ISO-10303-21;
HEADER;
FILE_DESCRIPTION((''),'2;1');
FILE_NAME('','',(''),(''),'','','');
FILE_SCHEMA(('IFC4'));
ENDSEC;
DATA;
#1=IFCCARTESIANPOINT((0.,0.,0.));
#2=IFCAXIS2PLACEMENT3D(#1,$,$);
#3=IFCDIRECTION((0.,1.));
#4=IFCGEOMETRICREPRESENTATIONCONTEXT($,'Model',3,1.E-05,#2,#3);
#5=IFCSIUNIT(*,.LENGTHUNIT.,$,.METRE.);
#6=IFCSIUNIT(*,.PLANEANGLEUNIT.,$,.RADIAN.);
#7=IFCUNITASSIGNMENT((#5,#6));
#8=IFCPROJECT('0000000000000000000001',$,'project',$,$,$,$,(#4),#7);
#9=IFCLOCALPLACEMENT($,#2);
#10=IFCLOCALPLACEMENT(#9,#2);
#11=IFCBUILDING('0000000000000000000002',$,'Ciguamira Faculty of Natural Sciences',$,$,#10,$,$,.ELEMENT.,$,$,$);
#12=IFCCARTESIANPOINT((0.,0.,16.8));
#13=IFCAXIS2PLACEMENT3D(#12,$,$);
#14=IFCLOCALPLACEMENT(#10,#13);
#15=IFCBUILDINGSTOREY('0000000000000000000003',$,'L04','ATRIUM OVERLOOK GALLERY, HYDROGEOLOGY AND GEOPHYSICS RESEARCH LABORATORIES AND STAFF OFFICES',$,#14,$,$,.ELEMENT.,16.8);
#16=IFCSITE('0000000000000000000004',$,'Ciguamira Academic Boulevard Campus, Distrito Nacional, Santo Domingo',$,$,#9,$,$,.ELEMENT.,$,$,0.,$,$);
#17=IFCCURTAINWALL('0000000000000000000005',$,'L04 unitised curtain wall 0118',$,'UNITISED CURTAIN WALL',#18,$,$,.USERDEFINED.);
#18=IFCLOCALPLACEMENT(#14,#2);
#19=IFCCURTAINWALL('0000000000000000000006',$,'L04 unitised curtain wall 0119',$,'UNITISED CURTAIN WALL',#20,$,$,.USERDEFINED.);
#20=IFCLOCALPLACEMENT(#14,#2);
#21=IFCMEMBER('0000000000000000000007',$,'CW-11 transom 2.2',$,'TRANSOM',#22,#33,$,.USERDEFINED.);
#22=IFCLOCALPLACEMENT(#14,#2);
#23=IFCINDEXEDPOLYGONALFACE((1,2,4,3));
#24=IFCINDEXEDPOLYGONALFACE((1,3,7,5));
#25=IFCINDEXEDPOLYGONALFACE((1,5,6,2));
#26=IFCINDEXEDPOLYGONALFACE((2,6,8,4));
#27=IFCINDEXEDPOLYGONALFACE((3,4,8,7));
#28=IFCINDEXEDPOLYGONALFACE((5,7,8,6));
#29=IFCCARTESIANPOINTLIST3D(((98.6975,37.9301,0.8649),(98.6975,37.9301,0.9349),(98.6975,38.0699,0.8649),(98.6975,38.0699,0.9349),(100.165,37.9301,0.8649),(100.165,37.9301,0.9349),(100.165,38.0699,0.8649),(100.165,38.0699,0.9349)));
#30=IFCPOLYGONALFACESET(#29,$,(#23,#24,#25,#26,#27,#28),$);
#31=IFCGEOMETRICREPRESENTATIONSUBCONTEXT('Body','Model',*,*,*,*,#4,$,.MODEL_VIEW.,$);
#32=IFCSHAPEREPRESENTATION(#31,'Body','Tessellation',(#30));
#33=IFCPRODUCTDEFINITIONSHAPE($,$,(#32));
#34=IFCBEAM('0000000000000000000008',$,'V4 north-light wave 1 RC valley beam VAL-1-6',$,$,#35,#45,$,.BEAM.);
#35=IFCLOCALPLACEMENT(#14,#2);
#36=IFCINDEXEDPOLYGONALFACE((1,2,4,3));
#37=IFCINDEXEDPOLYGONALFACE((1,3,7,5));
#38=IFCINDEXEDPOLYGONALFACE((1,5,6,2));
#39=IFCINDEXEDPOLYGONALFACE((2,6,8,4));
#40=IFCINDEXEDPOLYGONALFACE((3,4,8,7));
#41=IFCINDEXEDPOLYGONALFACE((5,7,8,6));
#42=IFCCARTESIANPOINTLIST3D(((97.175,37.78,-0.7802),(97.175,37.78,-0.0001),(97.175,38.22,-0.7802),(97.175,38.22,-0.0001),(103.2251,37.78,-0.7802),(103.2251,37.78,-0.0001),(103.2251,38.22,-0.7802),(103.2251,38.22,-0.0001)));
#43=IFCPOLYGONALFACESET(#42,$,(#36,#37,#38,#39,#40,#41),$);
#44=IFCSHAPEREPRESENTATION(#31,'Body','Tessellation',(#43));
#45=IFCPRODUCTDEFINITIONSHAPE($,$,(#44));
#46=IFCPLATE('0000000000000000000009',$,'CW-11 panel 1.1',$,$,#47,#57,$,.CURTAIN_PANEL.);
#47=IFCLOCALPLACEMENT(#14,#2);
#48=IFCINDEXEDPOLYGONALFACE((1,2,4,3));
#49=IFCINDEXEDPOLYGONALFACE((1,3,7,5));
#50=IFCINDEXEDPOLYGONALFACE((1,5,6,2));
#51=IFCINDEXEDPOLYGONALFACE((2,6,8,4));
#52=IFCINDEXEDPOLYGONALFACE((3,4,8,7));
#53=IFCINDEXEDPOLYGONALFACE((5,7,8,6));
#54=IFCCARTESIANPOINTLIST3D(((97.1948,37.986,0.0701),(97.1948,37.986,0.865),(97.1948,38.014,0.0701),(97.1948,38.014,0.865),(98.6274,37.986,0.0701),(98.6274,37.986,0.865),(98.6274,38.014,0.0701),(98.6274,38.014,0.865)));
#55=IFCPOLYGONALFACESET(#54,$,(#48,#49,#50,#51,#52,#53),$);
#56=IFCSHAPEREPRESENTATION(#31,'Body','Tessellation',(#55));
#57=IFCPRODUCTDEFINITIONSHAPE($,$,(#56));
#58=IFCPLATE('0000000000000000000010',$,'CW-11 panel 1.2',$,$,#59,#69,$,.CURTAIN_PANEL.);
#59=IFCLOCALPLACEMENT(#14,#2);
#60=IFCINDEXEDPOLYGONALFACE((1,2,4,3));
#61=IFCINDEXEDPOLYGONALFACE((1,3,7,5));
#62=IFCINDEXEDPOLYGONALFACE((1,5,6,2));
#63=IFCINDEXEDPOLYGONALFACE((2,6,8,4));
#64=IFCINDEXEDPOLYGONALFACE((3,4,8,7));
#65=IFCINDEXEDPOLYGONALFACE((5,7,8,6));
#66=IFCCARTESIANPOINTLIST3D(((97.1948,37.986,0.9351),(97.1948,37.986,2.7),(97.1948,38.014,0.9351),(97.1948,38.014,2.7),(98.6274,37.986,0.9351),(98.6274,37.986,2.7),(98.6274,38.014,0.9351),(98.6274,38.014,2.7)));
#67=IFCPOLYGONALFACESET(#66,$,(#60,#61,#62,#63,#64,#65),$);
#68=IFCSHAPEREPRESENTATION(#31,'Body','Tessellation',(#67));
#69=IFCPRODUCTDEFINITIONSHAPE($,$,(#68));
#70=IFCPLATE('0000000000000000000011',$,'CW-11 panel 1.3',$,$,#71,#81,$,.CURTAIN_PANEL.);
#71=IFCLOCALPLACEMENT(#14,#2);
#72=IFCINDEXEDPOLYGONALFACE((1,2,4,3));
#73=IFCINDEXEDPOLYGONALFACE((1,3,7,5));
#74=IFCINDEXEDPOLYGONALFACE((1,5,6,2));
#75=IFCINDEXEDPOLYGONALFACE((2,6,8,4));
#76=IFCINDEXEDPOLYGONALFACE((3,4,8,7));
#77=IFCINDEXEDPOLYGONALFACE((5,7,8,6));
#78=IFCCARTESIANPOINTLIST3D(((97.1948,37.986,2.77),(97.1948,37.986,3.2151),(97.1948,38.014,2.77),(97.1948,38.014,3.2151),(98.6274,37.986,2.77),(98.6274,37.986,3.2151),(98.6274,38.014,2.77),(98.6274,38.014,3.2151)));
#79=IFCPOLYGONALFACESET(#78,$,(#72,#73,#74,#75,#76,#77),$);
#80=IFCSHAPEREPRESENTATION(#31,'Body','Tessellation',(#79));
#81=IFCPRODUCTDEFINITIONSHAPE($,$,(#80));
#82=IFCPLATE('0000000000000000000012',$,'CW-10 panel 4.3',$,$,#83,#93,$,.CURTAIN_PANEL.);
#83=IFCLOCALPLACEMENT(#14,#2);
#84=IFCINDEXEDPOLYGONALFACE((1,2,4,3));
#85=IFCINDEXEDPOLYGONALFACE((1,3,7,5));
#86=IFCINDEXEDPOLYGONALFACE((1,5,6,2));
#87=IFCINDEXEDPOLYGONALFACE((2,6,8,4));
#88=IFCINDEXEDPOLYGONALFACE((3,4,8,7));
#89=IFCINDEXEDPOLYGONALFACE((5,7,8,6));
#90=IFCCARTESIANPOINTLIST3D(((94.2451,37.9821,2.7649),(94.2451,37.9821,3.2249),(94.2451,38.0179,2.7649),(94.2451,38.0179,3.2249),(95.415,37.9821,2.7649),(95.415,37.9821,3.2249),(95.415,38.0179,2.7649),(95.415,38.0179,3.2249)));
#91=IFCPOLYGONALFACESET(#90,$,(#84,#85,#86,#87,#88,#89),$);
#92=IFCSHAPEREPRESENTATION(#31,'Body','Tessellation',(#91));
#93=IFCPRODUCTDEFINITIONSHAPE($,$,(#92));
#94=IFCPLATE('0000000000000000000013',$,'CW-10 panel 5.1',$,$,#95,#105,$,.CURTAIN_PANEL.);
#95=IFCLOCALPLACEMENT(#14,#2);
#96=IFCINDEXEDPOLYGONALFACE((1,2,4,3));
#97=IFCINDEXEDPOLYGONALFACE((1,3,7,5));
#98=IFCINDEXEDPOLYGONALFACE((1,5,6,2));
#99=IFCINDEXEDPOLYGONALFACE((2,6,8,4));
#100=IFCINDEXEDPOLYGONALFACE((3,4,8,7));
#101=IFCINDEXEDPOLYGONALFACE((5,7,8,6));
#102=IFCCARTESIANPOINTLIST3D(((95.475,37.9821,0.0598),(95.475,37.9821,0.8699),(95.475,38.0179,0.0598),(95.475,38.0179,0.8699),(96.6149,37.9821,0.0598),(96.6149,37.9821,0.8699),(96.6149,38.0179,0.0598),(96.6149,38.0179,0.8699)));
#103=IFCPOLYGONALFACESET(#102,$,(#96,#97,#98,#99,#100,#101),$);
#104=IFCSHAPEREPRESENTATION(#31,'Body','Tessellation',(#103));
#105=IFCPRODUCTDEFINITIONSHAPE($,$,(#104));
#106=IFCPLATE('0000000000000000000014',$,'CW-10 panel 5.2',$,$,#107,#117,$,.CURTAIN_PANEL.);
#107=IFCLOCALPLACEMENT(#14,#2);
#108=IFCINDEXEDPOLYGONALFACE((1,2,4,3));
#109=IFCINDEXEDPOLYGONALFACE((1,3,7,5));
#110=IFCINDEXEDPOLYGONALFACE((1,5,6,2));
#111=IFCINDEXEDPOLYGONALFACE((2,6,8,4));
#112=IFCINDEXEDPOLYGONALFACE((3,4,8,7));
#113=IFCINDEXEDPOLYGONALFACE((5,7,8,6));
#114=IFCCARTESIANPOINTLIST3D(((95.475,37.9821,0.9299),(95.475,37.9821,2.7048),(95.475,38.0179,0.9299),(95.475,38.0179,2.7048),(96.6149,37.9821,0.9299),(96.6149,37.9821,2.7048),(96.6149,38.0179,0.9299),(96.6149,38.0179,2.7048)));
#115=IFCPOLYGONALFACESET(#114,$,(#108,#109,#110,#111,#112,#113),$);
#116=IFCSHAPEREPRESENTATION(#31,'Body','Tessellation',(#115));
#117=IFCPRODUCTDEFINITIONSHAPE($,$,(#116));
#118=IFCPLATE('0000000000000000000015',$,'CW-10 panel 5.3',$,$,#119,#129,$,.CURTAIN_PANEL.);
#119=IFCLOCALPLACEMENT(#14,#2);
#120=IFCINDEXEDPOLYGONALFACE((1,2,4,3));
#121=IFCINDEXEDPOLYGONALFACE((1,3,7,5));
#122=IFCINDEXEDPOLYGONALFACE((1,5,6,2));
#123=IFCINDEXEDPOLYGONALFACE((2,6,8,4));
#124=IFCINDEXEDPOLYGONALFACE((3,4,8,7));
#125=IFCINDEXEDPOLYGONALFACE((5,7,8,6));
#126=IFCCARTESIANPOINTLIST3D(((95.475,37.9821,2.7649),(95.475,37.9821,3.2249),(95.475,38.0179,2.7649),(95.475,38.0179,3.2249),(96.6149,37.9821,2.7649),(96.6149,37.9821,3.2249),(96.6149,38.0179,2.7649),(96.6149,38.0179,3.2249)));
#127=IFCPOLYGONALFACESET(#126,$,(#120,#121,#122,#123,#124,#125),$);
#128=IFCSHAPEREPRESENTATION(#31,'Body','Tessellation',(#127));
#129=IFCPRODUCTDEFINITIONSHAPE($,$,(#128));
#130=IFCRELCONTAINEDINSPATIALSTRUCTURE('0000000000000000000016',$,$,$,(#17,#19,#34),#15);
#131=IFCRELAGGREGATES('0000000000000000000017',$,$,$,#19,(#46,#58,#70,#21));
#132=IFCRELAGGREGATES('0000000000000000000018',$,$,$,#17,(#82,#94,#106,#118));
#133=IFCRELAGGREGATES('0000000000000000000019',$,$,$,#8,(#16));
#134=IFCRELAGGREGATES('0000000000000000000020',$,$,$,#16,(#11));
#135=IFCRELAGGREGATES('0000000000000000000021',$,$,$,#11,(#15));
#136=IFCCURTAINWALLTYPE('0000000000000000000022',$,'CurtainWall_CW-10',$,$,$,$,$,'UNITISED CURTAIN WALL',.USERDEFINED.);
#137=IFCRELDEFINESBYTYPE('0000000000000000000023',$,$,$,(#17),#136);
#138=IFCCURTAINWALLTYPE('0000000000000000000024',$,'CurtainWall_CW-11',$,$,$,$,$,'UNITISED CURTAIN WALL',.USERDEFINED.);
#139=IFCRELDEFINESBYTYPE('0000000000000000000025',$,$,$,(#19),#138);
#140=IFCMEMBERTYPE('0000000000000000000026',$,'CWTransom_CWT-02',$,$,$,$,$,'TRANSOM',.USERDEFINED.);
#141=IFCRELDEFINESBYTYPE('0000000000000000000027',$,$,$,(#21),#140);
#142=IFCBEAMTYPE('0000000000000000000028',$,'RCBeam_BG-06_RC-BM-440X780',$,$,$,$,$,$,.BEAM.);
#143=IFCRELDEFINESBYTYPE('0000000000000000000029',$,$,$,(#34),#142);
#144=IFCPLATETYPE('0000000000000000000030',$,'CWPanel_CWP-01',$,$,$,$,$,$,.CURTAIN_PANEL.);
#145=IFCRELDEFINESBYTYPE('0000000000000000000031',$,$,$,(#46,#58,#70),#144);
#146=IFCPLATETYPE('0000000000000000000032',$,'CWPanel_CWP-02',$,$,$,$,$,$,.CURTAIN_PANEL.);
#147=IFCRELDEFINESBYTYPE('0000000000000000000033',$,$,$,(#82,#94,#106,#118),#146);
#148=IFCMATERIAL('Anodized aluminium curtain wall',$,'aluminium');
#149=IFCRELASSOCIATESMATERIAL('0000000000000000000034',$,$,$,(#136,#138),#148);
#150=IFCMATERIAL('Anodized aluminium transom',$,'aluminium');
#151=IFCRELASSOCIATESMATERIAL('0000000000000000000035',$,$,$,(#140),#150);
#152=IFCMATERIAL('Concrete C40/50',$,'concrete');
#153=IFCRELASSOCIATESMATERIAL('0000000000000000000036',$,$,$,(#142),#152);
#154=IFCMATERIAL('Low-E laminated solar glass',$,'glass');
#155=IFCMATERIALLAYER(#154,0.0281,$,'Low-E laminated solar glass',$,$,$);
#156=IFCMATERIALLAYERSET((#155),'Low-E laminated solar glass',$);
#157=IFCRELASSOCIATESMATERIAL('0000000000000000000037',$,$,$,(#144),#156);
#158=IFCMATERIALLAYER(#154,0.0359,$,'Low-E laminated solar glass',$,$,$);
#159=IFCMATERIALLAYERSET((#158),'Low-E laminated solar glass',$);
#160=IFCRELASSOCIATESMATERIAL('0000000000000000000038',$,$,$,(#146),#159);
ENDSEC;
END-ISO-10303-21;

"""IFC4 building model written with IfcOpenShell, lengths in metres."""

from ifc_helpers import new_model, si_unit, direction, frame, origin, origin_2d, place, context, subcontext, project, spatial, rectangle, extrude, material, layer, layer_set, material_profile, profile_set, type_object, element, aggregate, save


model = new_model("IFC4")

# Units and contexts
model_context = context("Model", 3, precision=1e-05, world=origin(), true_north=direction((0.0, 1.0)))
body_context = subcontext(model_context, "Body", "Model", "MODEL_VIEW")
ifc_project = project(units=[si_unit("LENGTHUNIT", "METRE"), si_unit("PLANEANGLEUNIT", "RADIAN")], contexts=[model_context])

# Site, building, storey
site_placement = place(None, origin())
site = spatial("IfcSite", under=ifc_project, at=site_placement, Name="Ciguamira Academic Boulevard Campus, Distrito Nacional, Santo Domingo", CompositionType="ELEMENT", RefElevation=0.0)
building_placement = place(site_placement, origin())
building = spatial("IfcBuilding", under=site, at=building_placement, Name="Ciguamira Faculty of Natural Sciences", CompositionType="ELEMENT")
storey_placement = place(building_placement, frame((0.0, 0.0, 16.8)))
storey = spatial("IfcBuildingStorey", under=building, at=storey_placement, Name="L04", Description="ATRIUM OVERLOOK GALLERY, HYDROGEOLOGY AND GEOPHYSICS RESEARCH LABORATORIES AND STAFF OFFICES", CompositionType="ELEMENT", Elevation=16.8)

# Shared definitions
ifc_material_1 = material(Name="Concrete C40/50", Category="concrete")

# Curtain walls
ifc_material_2 = material(Name="Anodized aluminium curtain wall", Category="aluminium")
curtain_wall_type_1 = type_object("IfcCurtainWallType", Name="CurtainWall_CW-10", ElementType="UNITISED CURTAIN WALL", PredefinedType="USERDEFINED", material=ifc_material_2)
curtain_wall_1_placement = place(storey_placement, origin())
curtain_wall_1 = element("IfcCurtainWall", 1, at=curtain_wall_1_placement, inside=storey, type_object=curtain_wall_type_1, Name="L04 unitised curtain wall 0118", ObjectType="UNITISED CURTAIN WALL", PredefinedType="USERDEFINED")
curtain_wall_type_2 = type_object("IfcCurtainWallType", Name="CurtainWall_CW-11", ElementType="UNITISED CURTAIN WALL", PredefinedType="USERDEFINED", material=ifc_material_2)
curtain_wall_2_placement = place(storey_placement, origin())
curtain_wall_2 = element("IfcCurtainWall", 2, at=curtain_wall_2_placement, inside=storey, type_object=curtain_wall_type_2, Name="L04 unitised curtain wall 0119", ObjectType="UNITISED CURTAIN WALL", PredefinedType="USERDEFINED")

# Member
ifc_material_3 = material(Name="Anodized aluminium transom", Category="aluminium")
ifc_material_profile_1 = material_profile(ifc_material_3, rectangle(XDim=0.0701, YDim=0.1399, at=origin_2d()), Name="ALU-TRN-70X140")
ifc_profile_set_1 = profile_set([ifc_material_profile_1], Name="Anodized aluminium transom")
member_type_1 = type_object("IfcMemberType", Name="CWTransom_CWT-02", ElementType="TRANSOM", PredefinedType="USERDEFINED", material=ifc_profile_set_1)
member_1_placement = place(storey_placement, frame((98.6975, 38.0, 0.8999), z_axis=(1.0, 0.0, 0.0), x_axis=(0.0, 0.0, 1.0)))
member_1 = element("IfcMember", 3, at=member_1_placement, type_object=member_type_1, Name="CW-11 transom 2.2", ObjectType="TRANSOM", PredefinedType="USERDEFINED", context=body_context, shape_type="SweptSolid", body=[
    extrude(rectangle(XDim=0.0701, YDim=0.1399, at=origin_2d()), origin(), (0.0, 0.0, 1.0), 1.4675),
])

# Beam
ifc_material_profile_2 = material_profile(ifc_material_1, rectangle(XDim=0.4399, YDim=0.78, at=origin_2d()), Name="RC-BM-440X780")
ifc_profile_set_2 = profile_set([ifc_material_profile_2], Name="Concrete C40/50")
beam_type = type_object("IfcBeamType", Name="RCBeam_BG-06_RC-BM-440X780", PredefinedType="BEAM", material=ifc_profile_set_2)
beam_placement = place(storey_placement, frame((97.175, 38.0, -0.3901), z_axis=(1.0, 0.0, 0.0), x_axis=(0.0, 1.0, 0.0)))
element("IfcBeam", 4, at=beam_placement, inside=storey, type_object=beam_type, Name="V4 north-light wave 1 RC valley beam VAL-1-6", PredefinedType="BEAM", context=body_context, shape_type="SweptSolid", body=[
    extrude(rectangle(XDim=0.4399, YDim=0.78, at=origin_2d()), origin(), (0.0, 0.0, 1.0), 6.05),
])

# Plates
ifc_material_4 = material(Name="Low-E laminated solar glass", Category="glass")
ifc_layer_1 = layer(ifc_material_4, 0.0281, Name="Low-E laminated solar glass")
ifc_layer_set_1 = layer_set([ifc_layer_1], Name="Low-E laminated solar glass")
plate_type_1 = type_object("IfcPlateType", Name="CWPanel_CWP-01", PredefinedType="CURTAIN_PANEL", material=ifc_layer_set_1)
plate_1_placement = place(storey_placement, frame((97.9111, 38.0, 0.0701), z_axis=(0.0, 0.0, 1.0), x_axis=(1.0, 0.0, 0.0)))
plate_1 = element("IfcPlate", 5, at=plate_1_placement, type_object=plate_type_1, Name="CW-11 panel 1.1", PredefinedType="CURTAIN_PANEL", context=body_context, shape_type="SweptSolid", body=[
    extrude(rectangle(XDim=1.4326, YDim=0.0281, at=origin_2d()), origin(), (0.0, 0.0, 1.0), 0.7949),
])
plate_2_placement = place(storey_placement, frame((97.9111, 38.0, 0.9351), z_axis=(0.0, 0.0, 1.0), x_axis=(1.0, 0.0, 0.0)))
plate_2 = element("IfcPlate", 6, at=plate_2_placement, type_object=plate_type_1, Name="CW-11 panel 1.2", PredefinedType="CURTAIN_PANEL", context=body_context, shape_type="SweptSolid", body=[
    extrude(rectangle(XDim=1.4326, YDim=0.0281, at=origin_2d()), origin(), (0.0, 0.0, 1.0), 1.7649),
])
plate_3_placement = place(storey_placement, frame((97.9111, 38.0, 2.77), z_axis=(0.0, 0.0, 1.0), x_axis=(1.0, 0.0, 0.0)))
plate_3 = element("IfcPlate", 7, at=plate_3_placement, type_object=plate_type_1, Name="CW-11 panel 1.3", PredefinedType="CURTAIN_PANEL", context=body_context, shape_type="SweptSolid", body=[
    extrude(rectangle(XDim=1.4326, YDim=0.0281, at=origin_2d()), origin(), (0.0, 0.0, 1.0), 0.4451),
])
aggregate(curtain_wall_2, [plate_1, plate_2, plate_3, member_1])
ifc_layer_2 = layer(ifc_material_4, 0.0359, Name="Low-E laminated solar glass")
ifc_layer_set_2 = layer_set([ifc_layer_2], Name="Low-E laminated solar glass")
plate_type_2 = type_object("IfcPlateType", Name="CWPanel_CWP-02", PredefinedType="CURTAIN_PANEL", material=ifc_layer_set_2)
plate_4_placement = place(storey_placement, frame((94.8301, 38.0, 2.7649), z_axis=(0.0, 0.0, 1.0), x_axis=(1.0, 0.0, 0.0)))
plate_4 = element("IfcPlate", 8, at=plate_4_placement, type_object=plate_type_2, Name="CW-10 panel 4.3", PredefinedType="CURTAIN_PANEL", context=body_context, shape_type="SweptSolid", body=[
    extrude(rectangle(XDim=1.1699, YDim=0.0359, at=origin_2d()), origin(), (0.0, 0.0, 1.0), 0.46),
])
plate_5_placement = place(storey_placement, frame((96.0449, 38.0, 0.0598), z_axis=(0.0, 0.0, 1.0), x_axis=(1.0, 0.0, 0.0)))
plate_5 = element("IfcPlate", 9, at=plate_5_placement, type_object=plate_type_2, Name="CW-10 panel 5.1", PredefinedType="CURTAIN_PANEL", context=body_context, shape_type="SweptSolid", body=[
    extrude(rectangle(XDim=1.1399, YDim=0.0359, at=origin_2d()), origin(), (0.0, 0.0, 1.0), 0.8101),
])
plate_6_placement = place(storey_placement, frame((96.0449, 38.0, 0.9299), z_axis=(0.0, 0.0, 1.0), x_axis=(1.0, 0.0, 0.0)))
plate_6 = element("IfcPlate", 10, at=plate_6_placement, type_object=plate_type_2, Name="CW-10 panel 5.2", PredefinedType="CURTAIN_PANEL", context=body_context, shape_type="SweptSolid", body=[
    extrude(rectangle(XDim=1.1399, YDim=0.0359, at=origin_2d()), origin(), (0.0, 0.0, 1.0), 1.7749),
])
plate_7_placement = place(storey_placement, frame((96.0449, 38.0, 2.7649), z_axis=(0.0, 0.0, 1.0), x_axis=(1.0, 0.0, 0.0)))
plate_7 = element("IfcPlate", 11, at=plate_7_placement, type_object=plate_type_2, Name="CW-10 panel 5.3", PredefinedType="CURTAIN_PANEL", context=body_context, shape_type="SweptSolid", body=[
    extrude(rectangle(XDim=1.1399, YDim=0.0359, at=origin_2d()), origin(), (0.0, 0.0, 1.0), 0.46),
])
aggregate(curtain_wall_1, [plate_4, plate_5, plate_6, plate_7])

save(model, "model.ifc")
